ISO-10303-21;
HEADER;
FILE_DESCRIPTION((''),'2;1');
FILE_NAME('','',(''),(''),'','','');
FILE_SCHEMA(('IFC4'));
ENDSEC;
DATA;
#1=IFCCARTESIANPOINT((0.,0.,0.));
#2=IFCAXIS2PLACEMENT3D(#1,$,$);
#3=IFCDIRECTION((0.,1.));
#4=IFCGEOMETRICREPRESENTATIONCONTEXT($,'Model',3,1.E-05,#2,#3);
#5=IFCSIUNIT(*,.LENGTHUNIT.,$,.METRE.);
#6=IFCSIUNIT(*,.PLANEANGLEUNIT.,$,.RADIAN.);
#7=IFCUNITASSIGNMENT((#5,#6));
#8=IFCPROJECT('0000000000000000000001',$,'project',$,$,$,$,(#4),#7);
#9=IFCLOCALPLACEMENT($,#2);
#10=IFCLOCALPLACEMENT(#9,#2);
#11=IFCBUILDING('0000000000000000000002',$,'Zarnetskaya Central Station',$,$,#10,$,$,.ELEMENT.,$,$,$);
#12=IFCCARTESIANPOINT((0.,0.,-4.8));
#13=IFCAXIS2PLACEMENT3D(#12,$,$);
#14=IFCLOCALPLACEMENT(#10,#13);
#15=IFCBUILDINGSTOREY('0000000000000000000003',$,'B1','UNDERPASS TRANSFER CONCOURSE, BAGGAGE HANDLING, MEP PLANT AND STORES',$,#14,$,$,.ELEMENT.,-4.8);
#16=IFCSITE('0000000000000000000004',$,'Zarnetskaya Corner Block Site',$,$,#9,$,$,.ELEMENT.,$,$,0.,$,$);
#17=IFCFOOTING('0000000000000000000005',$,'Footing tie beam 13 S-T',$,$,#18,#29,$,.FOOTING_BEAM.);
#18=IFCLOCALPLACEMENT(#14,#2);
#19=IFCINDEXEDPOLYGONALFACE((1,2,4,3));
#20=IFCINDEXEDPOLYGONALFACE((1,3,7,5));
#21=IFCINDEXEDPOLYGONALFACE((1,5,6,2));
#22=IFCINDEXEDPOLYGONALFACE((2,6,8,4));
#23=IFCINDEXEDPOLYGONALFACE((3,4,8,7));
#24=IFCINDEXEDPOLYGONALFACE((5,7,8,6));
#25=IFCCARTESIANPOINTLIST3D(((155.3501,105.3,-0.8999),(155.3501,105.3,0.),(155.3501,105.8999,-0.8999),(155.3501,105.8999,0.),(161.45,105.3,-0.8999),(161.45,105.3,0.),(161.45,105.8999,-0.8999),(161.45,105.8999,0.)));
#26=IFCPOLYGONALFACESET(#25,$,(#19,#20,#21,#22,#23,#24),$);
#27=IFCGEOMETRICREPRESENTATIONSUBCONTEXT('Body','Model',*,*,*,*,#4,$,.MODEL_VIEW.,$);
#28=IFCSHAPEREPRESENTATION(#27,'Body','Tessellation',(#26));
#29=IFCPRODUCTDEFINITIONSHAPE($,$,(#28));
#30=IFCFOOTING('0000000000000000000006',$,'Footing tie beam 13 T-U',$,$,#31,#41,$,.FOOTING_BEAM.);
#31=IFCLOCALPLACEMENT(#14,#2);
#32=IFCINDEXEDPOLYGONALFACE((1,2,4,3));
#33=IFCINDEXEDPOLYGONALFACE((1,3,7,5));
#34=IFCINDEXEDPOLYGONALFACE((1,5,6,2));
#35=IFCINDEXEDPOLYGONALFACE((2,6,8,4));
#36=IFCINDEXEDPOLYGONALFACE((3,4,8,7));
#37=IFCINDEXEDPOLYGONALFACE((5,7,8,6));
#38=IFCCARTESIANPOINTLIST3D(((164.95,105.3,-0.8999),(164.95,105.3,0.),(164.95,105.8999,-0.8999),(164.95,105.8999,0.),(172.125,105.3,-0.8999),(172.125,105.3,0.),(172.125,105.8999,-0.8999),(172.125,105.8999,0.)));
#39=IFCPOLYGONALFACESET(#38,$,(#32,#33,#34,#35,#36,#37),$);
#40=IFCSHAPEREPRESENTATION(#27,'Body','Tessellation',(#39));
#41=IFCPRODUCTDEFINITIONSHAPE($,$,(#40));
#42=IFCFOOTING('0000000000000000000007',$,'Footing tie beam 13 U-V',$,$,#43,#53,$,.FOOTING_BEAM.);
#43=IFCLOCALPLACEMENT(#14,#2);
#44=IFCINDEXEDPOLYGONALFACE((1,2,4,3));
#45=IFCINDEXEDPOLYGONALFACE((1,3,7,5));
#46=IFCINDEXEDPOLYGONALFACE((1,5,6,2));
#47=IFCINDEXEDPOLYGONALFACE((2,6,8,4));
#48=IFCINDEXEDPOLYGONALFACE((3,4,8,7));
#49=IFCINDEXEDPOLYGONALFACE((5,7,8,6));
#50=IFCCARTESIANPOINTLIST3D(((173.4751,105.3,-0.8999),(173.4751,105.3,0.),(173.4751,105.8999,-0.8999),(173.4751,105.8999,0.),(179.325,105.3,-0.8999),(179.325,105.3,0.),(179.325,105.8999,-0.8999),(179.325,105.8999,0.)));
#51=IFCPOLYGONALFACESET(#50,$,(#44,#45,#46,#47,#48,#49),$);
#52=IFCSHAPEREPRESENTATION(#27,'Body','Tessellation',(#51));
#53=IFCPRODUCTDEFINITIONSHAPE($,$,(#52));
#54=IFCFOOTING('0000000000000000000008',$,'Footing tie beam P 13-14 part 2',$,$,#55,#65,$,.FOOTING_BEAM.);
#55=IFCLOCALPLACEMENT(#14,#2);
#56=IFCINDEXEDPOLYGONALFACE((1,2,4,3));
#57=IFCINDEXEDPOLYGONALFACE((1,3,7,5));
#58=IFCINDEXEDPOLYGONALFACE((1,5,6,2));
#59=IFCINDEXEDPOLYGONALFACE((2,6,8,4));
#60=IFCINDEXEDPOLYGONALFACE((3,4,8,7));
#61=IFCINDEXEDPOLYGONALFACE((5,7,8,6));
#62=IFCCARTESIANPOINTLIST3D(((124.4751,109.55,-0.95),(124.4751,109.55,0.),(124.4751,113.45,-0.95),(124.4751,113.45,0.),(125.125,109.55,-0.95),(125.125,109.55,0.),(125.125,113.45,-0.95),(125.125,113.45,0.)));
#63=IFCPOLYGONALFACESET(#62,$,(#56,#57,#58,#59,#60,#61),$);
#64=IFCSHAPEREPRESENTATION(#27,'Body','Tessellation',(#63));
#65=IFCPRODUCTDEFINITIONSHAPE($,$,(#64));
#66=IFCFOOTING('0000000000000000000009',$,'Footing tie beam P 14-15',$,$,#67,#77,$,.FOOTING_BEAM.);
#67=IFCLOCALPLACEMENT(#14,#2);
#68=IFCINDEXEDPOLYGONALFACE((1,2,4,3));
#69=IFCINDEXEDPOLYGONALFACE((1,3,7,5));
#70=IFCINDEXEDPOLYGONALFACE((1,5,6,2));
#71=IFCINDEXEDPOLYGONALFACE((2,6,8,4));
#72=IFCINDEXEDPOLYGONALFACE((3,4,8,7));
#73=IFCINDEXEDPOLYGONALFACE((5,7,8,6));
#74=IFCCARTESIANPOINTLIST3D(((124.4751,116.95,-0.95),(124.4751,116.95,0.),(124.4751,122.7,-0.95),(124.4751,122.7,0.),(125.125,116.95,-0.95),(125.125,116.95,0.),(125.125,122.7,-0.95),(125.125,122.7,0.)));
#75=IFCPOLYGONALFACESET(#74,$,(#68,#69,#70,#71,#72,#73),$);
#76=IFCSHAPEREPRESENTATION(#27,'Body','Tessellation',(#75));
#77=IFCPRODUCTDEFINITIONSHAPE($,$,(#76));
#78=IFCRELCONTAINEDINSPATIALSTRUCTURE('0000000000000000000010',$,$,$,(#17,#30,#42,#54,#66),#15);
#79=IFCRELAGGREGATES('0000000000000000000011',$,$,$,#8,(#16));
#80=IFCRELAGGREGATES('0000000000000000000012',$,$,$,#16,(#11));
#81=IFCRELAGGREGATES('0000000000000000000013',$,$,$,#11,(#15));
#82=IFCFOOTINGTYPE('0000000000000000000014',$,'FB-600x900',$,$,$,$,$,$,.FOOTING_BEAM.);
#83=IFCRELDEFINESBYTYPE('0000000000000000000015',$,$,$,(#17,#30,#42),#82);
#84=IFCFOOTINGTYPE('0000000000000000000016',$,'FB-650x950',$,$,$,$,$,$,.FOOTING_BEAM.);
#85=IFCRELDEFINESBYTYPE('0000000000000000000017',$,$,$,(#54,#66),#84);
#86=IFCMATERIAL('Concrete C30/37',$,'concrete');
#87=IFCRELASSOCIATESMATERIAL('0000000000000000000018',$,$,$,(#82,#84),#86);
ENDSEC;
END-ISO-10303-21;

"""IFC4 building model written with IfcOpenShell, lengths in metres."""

from ifc_helpers import new_model, si_unit, direction, frame, origin, place, context, subcontext, project, spatial, polyline, outline, extrude, material, type_object, element, save


model = new_model("IFC4")

# Units and contexts
model_context = context("Model", 3, precision=1e-05, world=origin(), true_north=direction((0.0, 1.0)))
body_context = subcontext(model_context, "Body", "Model", "MODEL_VIEW")
ifc_project = project(units=[si_unit("LENGTHUNIT", "METRE"), si_unit("PLANEANGLEUNIT", "RADIAN")], contexts=[model_context])

# Site, building, storey
site_placement = place(None, origin())
site = spatial("IfcSite", under=ifc_project, at=site_placement, Name="Zarnetskaya Corner Block Site", CompositionType="ELEMENT", RefElevation=0.0)
building_placement = place(site_placement, origin())
building = spatial("IfcBuilding", under=site, at=building_placement, Name="Zarnetskaya Central Station", CompositionType="ELEMENT")
storey_placement = place(building_placement, frame((0.0, 0.0, -4.8)))
storey = spatial("IfcBuildingStorey", under=building, at=storey_placement, Name="B1", Description="UNDERPASS TRANSFER CONCOURSE, BAGGAGE HANDLING, MEP PLANT AND STORES", CompositionType="ELEMENT", Elevation=-4.8)

# Footings
ifc_material = material(Name="Concrete C30/37", Category="concrete")
footing_type_1 = type_object("IfcFootingType", Name="FB-600x900", PredefinedType="FOOTING_BEAM", material=ifc_material)
footing_1_placement = place(storey_placement, frame((0.0, 0.0, -0.8999)))
element("IfcFooting", 1, at=footing_1_placement, inside=storey, type_object=footing_type_1, Name="Footing tie beam 13 S-T", PredefinedType="FOOTING_BEAM", context=body_context, shape_type="SweptSolid", body=[
    extrude(outline(polyline([(155.3501, 105.3), (161.45, 105.3), (161.45, 105.8999), (155.3501, 105.8999), (155.3501, 105.3)])), origin(), (0.0, 0.0, 1.0), 0.8999),
])
footing_2_placement = place(storey_placement, frame((0.0, 0.0, -0.8999)))
element("IfcFooting", 2, at=footing_2_placement, inside=storey, type_object=footing_type_1, Name="Footing tie beam 13 T-U", PredefinedType="FOOTING_BEAM", context=body_context, shape_type="SweptSolid", body=[
    extrude(outline(polyline([(164.95, 105.3), (172.125, 105.3), (172.125, 105.8999), (164.95, 105.8999), (164.95, 105.3)])), origin(), (0.0, 0.0, 1.0), 0.8999),
])
footing_3_placement = place(storey_placement, frame((0.0, 0.0, -0.8999)))
element("IfcFooting", 3, at=footing_3_placement, inside=storey, type_object=footing_type_1, Name="Footing tie beam 13 U-V", PredefinedType="FOOTING_BEAM", context=body_context, shape_type="SweptSolid", body=[
    extrude(outline(polyline([(173.4751, 105.3), (179.325, 105.3), (179.325, 105.8999), (173.4751, 105.8999), (173.4751, 105.3)])), origin(), (0.0, 0.0, 1.0), 0.8999),
])
footing_type_2 = type_object("IfcFootingType", Name="FB-650x950", PredefinedType="FOOTING_BEAM", material=ifc_material)
footing_4_placement = place(storey_placement, frame((0.0, 0.0, -0.95)))
element("IfcFooting", 4, at=footing_4_placement, inside=storey, type_object=footing_type_2, Name="Footing tie beam P 13-14 part 2", PredefinedType="FOOTING_BEAM", context=body_context, shape_type="SweptSolid", body=[
    extrude(outline(polyline([(124.4751, 109.55), (125.125, 109.55), (125.125, 113.45), (124.4751, 113.45), (124.4751, 109.55)])), origin(), (0.0, 0.0, 1.0), 0.95),
])
footing_5_placement = place(storey_placement, frame((0.0, 0.0, -0.95)))
element("IfcFooting", 5, at=footing_5_placement, inside=storey, type_object=footing_type_2, Name="Footing tie beam P 14-15", PredefinedType="FOOTING_BEAM", context=body_context, shape_type="SweptSolid", body=[
    extrude(outline(polyline([(124.4751, 116.95), (125.125, 116.95), (125.125, 122.7), (124.4751, 122.7), (124.4751, 116.95)])), origin(), (0.0, 0.0, 1.0), 0.95),
])

save(model, "model.ifc")
